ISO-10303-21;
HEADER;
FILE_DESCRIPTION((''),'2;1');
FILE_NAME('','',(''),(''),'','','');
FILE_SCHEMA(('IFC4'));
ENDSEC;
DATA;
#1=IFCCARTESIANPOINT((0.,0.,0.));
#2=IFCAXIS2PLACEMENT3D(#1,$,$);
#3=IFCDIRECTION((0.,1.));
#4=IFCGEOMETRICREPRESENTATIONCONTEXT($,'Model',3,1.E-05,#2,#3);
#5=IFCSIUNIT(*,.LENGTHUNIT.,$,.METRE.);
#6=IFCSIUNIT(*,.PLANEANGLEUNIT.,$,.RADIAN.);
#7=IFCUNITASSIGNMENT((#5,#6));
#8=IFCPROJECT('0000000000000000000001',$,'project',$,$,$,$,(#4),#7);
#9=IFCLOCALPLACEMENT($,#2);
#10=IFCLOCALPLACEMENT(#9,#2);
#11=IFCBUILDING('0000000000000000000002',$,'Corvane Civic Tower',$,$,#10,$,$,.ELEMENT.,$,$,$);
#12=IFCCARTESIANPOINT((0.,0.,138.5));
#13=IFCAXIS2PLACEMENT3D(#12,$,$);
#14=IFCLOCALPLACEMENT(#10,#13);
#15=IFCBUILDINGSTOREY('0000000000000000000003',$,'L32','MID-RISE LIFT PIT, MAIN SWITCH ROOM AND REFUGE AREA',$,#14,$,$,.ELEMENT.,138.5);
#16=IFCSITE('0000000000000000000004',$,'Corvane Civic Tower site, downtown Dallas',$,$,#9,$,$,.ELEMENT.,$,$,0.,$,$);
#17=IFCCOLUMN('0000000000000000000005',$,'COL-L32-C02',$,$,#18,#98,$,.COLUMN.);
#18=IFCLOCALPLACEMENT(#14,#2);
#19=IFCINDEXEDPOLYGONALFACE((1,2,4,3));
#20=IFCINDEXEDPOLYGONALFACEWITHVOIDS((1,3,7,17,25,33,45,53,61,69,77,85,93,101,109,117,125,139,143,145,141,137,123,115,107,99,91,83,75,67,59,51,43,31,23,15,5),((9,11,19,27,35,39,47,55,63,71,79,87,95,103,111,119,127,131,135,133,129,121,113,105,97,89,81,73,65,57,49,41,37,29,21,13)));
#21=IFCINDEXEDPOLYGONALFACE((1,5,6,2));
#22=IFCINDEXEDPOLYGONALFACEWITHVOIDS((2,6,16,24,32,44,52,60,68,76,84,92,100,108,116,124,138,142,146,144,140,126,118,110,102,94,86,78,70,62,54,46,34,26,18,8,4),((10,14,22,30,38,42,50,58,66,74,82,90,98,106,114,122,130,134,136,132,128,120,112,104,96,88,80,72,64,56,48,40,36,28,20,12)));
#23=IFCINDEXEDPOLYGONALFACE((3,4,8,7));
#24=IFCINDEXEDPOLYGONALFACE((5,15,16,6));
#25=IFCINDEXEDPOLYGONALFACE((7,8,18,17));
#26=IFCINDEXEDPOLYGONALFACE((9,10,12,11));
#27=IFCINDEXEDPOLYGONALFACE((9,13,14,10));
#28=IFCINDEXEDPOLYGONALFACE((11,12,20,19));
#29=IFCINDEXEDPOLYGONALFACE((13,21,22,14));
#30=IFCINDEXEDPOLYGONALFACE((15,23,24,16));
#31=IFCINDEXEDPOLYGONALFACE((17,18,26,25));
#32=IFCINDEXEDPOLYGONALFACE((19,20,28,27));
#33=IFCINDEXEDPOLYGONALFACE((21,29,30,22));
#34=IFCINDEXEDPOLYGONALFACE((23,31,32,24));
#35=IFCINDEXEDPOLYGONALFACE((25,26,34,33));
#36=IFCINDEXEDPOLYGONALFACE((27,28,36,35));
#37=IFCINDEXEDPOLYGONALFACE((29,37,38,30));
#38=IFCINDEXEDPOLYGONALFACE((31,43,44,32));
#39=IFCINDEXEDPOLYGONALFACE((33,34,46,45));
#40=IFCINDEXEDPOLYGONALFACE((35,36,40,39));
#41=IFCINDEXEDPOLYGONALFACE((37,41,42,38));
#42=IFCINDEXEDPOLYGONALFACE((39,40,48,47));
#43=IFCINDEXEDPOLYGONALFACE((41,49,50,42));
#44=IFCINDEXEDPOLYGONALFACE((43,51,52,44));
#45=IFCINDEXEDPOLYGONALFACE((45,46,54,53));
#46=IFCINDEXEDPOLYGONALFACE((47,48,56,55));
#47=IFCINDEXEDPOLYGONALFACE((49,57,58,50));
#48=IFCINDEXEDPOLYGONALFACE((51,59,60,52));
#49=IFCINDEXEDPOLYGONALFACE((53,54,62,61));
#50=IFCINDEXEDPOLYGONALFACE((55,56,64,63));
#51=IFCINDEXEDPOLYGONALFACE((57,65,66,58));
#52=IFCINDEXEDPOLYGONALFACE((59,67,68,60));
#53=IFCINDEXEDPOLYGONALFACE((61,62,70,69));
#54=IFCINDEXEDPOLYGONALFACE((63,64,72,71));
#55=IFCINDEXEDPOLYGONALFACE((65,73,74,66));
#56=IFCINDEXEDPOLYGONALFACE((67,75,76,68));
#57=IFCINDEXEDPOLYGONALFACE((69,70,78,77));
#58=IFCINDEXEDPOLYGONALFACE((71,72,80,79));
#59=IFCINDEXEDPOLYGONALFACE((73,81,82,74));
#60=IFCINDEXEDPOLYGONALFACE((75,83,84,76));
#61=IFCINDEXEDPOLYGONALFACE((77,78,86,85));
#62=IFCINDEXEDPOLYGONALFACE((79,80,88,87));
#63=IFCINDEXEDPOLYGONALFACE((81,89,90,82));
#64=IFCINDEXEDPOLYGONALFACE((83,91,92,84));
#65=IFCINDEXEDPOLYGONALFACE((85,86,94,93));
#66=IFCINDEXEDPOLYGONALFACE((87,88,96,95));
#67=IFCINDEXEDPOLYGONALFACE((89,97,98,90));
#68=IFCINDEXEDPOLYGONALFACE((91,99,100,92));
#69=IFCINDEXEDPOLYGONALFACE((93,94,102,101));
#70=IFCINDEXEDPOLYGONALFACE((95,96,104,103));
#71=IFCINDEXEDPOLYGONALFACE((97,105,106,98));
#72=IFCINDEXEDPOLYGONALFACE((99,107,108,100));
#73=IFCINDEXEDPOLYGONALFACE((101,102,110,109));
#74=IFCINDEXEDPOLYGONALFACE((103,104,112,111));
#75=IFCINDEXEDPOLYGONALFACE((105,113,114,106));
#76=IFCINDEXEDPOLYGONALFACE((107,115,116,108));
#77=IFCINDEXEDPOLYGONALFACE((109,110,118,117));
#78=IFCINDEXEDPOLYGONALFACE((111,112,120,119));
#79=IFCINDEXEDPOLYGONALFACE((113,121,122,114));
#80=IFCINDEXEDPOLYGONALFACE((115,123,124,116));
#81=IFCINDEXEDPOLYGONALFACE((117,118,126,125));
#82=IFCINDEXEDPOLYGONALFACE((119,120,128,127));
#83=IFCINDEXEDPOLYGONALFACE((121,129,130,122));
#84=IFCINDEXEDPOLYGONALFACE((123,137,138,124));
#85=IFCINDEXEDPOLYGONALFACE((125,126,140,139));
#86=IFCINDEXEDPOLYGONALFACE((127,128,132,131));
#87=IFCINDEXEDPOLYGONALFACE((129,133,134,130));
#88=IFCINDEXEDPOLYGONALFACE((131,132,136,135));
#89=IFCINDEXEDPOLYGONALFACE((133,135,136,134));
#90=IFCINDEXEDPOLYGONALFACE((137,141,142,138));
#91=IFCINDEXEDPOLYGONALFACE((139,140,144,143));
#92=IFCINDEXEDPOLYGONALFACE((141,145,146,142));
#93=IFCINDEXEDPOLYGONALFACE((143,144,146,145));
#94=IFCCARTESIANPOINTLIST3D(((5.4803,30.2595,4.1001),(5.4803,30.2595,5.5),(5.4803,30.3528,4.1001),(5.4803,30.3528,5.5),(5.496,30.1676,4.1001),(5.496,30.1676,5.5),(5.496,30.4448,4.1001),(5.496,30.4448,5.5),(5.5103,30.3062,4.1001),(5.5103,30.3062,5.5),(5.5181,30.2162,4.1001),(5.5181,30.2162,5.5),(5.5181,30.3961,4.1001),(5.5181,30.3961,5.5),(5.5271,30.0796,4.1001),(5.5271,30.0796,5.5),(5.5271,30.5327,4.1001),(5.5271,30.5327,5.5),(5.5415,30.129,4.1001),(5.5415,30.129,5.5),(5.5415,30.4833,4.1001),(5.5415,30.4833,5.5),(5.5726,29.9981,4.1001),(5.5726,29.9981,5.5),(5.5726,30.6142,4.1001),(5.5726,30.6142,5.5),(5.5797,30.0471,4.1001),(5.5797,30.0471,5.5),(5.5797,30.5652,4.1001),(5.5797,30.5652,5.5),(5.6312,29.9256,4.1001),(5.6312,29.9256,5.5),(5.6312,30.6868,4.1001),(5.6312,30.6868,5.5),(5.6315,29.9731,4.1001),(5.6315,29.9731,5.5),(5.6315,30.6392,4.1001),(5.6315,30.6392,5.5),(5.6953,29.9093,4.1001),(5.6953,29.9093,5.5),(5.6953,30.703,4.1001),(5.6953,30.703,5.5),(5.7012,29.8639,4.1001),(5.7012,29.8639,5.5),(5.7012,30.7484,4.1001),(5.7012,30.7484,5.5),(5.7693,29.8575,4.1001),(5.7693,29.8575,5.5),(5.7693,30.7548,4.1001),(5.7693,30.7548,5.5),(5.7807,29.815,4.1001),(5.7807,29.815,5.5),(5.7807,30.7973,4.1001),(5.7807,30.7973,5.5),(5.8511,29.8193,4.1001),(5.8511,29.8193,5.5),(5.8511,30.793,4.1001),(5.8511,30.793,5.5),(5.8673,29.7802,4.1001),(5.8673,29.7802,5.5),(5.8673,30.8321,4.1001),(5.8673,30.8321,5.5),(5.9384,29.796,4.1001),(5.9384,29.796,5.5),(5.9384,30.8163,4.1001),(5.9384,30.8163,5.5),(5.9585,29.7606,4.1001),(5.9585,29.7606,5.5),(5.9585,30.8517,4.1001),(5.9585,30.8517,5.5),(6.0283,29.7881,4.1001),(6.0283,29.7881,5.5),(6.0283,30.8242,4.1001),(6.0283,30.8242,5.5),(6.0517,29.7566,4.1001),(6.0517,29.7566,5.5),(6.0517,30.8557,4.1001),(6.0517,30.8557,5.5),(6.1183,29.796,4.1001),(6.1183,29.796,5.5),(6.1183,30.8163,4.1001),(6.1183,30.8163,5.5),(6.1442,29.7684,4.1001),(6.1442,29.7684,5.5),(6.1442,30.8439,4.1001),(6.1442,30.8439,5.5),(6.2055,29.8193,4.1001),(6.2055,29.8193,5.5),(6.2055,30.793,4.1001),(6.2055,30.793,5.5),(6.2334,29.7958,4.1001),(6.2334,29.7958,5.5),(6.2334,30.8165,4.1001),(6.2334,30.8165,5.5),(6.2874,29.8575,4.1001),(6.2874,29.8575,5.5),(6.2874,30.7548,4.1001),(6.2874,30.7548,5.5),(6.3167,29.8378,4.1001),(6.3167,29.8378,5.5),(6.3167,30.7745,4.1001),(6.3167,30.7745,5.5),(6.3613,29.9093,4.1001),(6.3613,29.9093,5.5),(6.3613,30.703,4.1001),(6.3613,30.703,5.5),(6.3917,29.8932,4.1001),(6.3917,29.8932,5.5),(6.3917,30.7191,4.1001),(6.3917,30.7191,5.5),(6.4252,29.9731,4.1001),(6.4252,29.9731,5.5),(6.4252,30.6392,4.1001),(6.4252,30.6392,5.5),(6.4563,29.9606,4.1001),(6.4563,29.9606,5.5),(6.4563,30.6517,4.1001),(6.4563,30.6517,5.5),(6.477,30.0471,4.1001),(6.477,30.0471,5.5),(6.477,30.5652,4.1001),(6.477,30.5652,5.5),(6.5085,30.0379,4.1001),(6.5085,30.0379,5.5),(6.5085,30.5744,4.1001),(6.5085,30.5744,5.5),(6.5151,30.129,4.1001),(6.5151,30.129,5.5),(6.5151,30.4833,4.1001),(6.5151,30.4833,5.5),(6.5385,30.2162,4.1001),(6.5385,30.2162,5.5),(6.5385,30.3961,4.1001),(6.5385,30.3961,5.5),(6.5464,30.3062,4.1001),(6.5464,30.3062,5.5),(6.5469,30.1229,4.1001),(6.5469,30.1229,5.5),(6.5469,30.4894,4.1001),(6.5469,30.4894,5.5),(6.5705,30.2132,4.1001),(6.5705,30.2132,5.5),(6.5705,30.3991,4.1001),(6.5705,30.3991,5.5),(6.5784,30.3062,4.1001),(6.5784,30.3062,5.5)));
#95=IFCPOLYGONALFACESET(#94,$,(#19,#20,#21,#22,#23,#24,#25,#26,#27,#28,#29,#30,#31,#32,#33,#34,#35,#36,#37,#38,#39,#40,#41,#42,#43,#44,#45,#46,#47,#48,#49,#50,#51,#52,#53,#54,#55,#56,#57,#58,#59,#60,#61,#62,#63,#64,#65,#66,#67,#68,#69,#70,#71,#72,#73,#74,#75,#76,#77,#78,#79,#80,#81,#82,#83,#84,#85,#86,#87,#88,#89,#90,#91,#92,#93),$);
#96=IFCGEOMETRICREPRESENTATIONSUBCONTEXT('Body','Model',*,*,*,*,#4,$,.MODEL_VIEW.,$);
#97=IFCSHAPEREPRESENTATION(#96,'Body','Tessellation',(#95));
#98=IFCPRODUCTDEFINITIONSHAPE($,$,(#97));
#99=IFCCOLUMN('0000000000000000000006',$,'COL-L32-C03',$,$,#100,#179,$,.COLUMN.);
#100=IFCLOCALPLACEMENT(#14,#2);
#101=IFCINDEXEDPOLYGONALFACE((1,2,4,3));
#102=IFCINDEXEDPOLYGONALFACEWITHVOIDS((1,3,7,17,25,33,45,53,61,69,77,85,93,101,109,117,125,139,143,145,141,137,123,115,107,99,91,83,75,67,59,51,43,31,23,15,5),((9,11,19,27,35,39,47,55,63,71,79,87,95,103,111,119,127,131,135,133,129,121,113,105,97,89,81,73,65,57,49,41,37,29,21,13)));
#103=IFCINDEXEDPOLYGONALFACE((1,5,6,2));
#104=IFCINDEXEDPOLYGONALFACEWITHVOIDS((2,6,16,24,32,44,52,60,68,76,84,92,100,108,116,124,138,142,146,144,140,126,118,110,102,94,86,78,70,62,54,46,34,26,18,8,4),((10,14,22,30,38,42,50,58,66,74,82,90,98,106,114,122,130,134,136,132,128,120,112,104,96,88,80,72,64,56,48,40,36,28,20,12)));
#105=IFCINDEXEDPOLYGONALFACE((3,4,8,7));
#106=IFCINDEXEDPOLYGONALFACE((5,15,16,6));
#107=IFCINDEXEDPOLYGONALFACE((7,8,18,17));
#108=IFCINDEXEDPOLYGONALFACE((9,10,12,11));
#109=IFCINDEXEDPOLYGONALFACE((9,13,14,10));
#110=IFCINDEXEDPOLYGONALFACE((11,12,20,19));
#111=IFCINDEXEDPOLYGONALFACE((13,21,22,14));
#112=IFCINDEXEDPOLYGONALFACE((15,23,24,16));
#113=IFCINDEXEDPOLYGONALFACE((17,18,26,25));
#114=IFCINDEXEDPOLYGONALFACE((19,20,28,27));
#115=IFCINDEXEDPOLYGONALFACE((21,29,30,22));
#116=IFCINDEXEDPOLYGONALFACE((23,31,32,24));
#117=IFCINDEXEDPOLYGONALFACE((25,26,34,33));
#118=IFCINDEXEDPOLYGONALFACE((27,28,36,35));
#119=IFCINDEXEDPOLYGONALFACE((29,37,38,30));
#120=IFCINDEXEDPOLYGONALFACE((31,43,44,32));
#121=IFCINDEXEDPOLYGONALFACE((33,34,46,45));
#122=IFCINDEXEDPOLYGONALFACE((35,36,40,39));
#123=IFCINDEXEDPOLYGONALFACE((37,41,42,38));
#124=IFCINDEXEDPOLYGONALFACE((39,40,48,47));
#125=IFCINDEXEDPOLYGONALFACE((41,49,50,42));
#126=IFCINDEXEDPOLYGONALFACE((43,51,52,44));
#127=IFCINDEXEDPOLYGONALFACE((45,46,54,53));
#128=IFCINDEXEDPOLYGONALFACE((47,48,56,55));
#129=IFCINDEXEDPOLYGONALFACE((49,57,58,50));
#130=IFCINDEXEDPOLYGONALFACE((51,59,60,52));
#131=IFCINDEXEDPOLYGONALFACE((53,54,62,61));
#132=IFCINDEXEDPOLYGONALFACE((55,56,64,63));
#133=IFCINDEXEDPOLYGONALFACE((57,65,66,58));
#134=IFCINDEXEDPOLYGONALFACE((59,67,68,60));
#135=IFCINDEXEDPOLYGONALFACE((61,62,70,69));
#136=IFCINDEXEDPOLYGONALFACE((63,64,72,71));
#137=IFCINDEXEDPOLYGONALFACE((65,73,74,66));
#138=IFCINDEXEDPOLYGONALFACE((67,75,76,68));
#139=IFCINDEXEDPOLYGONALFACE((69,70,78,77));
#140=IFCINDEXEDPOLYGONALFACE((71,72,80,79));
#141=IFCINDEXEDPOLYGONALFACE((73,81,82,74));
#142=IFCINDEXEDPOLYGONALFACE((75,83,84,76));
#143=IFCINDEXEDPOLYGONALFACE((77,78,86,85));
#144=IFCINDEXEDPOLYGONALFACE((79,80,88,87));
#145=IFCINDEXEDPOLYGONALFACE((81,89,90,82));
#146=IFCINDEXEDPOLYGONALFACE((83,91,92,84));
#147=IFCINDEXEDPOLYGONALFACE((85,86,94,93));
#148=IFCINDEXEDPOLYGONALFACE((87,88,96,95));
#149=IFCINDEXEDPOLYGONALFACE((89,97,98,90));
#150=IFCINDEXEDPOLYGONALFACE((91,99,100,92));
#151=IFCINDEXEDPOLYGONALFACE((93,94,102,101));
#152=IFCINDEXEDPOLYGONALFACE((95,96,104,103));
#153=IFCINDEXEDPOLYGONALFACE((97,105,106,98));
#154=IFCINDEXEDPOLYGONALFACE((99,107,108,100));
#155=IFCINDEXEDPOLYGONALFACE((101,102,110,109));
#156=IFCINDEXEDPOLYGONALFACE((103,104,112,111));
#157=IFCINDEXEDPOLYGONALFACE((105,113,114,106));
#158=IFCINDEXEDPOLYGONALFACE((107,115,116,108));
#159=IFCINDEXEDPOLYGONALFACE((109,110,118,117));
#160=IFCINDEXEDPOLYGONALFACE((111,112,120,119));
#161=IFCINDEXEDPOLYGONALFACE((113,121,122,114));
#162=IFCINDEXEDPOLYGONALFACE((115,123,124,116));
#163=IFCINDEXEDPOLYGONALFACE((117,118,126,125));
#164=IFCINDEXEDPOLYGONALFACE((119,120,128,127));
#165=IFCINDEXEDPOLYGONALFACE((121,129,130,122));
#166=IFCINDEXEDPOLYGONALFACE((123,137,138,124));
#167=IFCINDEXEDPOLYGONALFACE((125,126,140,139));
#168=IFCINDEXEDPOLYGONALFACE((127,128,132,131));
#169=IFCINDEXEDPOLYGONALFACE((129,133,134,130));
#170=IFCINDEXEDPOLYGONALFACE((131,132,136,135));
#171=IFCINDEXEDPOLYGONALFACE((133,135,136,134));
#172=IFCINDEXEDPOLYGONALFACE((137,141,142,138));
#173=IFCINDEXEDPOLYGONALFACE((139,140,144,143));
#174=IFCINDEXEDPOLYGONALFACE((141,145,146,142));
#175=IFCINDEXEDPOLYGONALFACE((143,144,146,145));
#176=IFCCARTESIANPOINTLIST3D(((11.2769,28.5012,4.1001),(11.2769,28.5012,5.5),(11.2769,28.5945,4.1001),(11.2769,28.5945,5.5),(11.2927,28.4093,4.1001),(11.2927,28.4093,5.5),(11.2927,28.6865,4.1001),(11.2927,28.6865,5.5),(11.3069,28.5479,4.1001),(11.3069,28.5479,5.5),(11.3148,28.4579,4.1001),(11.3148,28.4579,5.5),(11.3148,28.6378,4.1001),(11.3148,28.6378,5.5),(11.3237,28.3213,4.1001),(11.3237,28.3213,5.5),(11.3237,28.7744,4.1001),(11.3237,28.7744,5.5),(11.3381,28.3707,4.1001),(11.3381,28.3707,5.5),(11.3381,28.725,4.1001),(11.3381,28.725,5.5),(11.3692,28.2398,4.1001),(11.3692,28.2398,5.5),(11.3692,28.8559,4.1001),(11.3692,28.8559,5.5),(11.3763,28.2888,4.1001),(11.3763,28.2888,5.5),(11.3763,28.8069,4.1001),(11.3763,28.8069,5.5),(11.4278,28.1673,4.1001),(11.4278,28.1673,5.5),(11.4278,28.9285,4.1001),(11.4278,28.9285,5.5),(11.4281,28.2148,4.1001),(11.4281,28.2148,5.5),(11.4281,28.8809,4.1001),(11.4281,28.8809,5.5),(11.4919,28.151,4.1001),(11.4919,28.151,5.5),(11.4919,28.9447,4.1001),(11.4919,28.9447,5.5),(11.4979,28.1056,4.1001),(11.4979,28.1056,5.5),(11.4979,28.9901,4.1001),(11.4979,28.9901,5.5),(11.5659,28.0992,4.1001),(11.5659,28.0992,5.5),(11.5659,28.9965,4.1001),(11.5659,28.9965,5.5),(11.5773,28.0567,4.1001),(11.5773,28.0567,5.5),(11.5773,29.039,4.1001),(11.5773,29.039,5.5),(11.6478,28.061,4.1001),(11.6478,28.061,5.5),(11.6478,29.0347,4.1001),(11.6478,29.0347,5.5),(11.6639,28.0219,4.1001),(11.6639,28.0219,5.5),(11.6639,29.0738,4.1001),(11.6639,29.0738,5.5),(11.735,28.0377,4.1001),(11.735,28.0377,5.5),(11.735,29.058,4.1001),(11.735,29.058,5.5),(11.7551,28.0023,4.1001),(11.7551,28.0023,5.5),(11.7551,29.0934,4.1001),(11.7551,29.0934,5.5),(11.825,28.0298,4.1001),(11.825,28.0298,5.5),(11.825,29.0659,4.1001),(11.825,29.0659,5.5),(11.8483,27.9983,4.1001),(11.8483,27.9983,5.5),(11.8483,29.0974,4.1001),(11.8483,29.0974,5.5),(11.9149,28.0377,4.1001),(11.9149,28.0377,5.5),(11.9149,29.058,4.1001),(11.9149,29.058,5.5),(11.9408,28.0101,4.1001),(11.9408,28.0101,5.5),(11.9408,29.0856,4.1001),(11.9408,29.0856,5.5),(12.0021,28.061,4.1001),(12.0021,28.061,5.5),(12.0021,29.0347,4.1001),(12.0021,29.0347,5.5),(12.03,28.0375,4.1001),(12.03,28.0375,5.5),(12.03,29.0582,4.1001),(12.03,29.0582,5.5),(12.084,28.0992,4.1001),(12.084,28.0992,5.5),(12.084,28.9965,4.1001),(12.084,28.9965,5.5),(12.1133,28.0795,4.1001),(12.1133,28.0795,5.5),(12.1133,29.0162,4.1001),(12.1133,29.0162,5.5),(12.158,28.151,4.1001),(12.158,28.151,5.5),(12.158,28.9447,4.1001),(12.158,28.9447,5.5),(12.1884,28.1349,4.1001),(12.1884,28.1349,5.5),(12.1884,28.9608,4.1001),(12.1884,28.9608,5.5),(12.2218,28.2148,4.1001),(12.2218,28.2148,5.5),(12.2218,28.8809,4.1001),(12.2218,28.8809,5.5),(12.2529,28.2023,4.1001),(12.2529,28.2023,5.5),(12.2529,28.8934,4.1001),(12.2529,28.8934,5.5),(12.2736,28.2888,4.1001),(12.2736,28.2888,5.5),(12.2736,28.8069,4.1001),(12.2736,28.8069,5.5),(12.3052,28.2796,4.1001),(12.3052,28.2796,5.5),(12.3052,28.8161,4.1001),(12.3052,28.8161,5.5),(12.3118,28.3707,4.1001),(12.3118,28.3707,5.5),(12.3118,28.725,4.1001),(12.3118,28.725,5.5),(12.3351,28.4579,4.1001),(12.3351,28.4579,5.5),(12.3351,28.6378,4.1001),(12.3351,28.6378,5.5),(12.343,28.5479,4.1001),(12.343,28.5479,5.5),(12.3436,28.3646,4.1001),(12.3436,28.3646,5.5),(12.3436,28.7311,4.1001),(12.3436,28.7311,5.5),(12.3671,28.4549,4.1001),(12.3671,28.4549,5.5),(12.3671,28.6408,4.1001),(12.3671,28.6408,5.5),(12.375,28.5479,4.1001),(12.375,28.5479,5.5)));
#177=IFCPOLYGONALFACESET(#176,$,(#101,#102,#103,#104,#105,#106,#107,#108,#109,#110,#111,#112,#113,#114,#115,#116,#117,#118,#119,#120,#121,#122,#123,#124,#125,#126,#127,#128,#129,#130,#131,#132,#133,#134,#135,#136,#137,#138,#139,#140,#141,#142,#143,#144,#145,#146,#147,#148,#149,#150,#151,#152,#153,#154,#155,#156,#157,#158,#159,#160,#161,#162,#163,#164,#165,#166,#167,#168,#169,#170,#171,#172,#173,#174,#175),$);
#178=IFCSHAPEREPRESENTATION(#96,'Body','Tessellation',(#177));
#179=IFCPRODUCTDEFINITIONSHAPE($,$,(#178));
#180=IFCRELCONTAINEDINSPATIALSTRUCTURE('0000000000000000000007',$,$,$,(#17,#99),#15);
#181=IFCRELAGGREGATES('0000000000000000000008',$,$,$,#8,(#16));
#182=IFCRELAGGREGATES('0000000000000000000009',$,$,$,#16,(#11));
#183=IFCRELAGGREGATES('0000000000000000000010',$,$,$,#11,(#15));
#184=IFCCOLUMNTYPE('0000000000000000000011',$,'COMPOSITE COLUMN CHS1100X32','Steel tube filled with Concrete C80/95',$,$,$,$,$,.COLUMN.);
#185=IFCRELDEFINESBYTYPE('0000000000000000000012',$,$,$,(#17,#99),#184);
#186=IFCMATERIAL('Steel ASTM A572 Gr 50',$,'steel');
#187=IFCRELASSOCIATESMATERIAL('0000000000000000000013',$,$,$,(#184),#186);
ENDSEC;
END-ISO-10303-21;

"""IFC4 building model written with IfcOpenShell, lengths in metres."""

from ifc_helpers import new_model, si_unit, direction, frame, origin, origin_2d, place, context, subcontext, project, spatial, hollow_circle, extrude, material, material_profile, profile_set, type_object, element, save


model = new_model("IFC4")

# Units and contexts
model_context = context("Model", 3, precision=1e-05, world=origin(), true_north=direction((0.0, 1.0)))
body_context = subcontext(model_context, "Body", "Model", "MODEL_VIEW")
ifc_project = project(units=[si_unit("LENGTHUNIT", "METRE"), si_unit("PLANEANGLEUNIT", "RADIAN")], contexts=[model_context])

# Site, building, storey
site_placement = place(None, origin())
site = spatial("IfcSite", under=ifc_project, at=site_placement, Name="Corvane Civic Tower site, downtown Dallas", CompositionType="ELEMENT", RefElevation=0.0)
building_placement = place(site_placement, origin())
building = spatial("IfcBuilding", under=site, at=building_placement, Name="Corvane Civic Tower", CompositionType="ELEMENT")
storey_placement = place(building_placement, frame((0.0, 0.0, 138.5)))
storey = spatial("IfcBuildingStorey", under=building, at=storey_placement, Name="L32", Description="MID-RISE LIFT PIT, MAIN SWITCH ROOM AND REFUGE AREA", CompositionType="ELEMENT", Elevation=138.5)

# Columns
ifc_material_1 = material(Name="Steel ASTM A572 Gr 50", Category="steel")
ifc_material_profile_1 = material_profile(ifc_material_1, hollow_circle(Radius=0.55, WallThickness=0.032, at=origin_2d()), Name="CHS1100X32")
ifc_profile_set_1 = profile_set([ifc_material_profile_1], Name="Steel ASTM A572 Gr 50")
column_type_1 = type_object("IfcColumnType", Name="COMPOSITE COLUMN CHS1100X32", Description="Steel tube filled with Concrete C80/95", PredefinedType="COLUMN", material=ifc_profile_set_1)
for number, where, z_axis, x_axis, name in (
    (1, (6.0283, 30.3062, 4.1001), (0.0, 0.0, 1.0), (1.0, 0.0, 0.0), "COL-L32-C02"),
    (2, (11.825, 28.5479, 4.1001), (0.0, 0.0, 1.0), (1.0, 0.0, 0.0), "COL-L32-C03"),
):
    element("IfcColumn", number, at=place(storey_placement, frame(where, z_axis=z_axis, x_axis=x_axis)), inside=storey, type_object=column_type_1, Name=name, PredefinedType="COLUMN", context=body_context, shape_type="SweptSolid", body=[
        extrude(hollow_circle(Radius=0.55, WallThickness=0.032, at=origin_2d()), origin(), (0.0, 0.0, 1.0), 1.3999),
    ])

save(model, "model.ifc")
